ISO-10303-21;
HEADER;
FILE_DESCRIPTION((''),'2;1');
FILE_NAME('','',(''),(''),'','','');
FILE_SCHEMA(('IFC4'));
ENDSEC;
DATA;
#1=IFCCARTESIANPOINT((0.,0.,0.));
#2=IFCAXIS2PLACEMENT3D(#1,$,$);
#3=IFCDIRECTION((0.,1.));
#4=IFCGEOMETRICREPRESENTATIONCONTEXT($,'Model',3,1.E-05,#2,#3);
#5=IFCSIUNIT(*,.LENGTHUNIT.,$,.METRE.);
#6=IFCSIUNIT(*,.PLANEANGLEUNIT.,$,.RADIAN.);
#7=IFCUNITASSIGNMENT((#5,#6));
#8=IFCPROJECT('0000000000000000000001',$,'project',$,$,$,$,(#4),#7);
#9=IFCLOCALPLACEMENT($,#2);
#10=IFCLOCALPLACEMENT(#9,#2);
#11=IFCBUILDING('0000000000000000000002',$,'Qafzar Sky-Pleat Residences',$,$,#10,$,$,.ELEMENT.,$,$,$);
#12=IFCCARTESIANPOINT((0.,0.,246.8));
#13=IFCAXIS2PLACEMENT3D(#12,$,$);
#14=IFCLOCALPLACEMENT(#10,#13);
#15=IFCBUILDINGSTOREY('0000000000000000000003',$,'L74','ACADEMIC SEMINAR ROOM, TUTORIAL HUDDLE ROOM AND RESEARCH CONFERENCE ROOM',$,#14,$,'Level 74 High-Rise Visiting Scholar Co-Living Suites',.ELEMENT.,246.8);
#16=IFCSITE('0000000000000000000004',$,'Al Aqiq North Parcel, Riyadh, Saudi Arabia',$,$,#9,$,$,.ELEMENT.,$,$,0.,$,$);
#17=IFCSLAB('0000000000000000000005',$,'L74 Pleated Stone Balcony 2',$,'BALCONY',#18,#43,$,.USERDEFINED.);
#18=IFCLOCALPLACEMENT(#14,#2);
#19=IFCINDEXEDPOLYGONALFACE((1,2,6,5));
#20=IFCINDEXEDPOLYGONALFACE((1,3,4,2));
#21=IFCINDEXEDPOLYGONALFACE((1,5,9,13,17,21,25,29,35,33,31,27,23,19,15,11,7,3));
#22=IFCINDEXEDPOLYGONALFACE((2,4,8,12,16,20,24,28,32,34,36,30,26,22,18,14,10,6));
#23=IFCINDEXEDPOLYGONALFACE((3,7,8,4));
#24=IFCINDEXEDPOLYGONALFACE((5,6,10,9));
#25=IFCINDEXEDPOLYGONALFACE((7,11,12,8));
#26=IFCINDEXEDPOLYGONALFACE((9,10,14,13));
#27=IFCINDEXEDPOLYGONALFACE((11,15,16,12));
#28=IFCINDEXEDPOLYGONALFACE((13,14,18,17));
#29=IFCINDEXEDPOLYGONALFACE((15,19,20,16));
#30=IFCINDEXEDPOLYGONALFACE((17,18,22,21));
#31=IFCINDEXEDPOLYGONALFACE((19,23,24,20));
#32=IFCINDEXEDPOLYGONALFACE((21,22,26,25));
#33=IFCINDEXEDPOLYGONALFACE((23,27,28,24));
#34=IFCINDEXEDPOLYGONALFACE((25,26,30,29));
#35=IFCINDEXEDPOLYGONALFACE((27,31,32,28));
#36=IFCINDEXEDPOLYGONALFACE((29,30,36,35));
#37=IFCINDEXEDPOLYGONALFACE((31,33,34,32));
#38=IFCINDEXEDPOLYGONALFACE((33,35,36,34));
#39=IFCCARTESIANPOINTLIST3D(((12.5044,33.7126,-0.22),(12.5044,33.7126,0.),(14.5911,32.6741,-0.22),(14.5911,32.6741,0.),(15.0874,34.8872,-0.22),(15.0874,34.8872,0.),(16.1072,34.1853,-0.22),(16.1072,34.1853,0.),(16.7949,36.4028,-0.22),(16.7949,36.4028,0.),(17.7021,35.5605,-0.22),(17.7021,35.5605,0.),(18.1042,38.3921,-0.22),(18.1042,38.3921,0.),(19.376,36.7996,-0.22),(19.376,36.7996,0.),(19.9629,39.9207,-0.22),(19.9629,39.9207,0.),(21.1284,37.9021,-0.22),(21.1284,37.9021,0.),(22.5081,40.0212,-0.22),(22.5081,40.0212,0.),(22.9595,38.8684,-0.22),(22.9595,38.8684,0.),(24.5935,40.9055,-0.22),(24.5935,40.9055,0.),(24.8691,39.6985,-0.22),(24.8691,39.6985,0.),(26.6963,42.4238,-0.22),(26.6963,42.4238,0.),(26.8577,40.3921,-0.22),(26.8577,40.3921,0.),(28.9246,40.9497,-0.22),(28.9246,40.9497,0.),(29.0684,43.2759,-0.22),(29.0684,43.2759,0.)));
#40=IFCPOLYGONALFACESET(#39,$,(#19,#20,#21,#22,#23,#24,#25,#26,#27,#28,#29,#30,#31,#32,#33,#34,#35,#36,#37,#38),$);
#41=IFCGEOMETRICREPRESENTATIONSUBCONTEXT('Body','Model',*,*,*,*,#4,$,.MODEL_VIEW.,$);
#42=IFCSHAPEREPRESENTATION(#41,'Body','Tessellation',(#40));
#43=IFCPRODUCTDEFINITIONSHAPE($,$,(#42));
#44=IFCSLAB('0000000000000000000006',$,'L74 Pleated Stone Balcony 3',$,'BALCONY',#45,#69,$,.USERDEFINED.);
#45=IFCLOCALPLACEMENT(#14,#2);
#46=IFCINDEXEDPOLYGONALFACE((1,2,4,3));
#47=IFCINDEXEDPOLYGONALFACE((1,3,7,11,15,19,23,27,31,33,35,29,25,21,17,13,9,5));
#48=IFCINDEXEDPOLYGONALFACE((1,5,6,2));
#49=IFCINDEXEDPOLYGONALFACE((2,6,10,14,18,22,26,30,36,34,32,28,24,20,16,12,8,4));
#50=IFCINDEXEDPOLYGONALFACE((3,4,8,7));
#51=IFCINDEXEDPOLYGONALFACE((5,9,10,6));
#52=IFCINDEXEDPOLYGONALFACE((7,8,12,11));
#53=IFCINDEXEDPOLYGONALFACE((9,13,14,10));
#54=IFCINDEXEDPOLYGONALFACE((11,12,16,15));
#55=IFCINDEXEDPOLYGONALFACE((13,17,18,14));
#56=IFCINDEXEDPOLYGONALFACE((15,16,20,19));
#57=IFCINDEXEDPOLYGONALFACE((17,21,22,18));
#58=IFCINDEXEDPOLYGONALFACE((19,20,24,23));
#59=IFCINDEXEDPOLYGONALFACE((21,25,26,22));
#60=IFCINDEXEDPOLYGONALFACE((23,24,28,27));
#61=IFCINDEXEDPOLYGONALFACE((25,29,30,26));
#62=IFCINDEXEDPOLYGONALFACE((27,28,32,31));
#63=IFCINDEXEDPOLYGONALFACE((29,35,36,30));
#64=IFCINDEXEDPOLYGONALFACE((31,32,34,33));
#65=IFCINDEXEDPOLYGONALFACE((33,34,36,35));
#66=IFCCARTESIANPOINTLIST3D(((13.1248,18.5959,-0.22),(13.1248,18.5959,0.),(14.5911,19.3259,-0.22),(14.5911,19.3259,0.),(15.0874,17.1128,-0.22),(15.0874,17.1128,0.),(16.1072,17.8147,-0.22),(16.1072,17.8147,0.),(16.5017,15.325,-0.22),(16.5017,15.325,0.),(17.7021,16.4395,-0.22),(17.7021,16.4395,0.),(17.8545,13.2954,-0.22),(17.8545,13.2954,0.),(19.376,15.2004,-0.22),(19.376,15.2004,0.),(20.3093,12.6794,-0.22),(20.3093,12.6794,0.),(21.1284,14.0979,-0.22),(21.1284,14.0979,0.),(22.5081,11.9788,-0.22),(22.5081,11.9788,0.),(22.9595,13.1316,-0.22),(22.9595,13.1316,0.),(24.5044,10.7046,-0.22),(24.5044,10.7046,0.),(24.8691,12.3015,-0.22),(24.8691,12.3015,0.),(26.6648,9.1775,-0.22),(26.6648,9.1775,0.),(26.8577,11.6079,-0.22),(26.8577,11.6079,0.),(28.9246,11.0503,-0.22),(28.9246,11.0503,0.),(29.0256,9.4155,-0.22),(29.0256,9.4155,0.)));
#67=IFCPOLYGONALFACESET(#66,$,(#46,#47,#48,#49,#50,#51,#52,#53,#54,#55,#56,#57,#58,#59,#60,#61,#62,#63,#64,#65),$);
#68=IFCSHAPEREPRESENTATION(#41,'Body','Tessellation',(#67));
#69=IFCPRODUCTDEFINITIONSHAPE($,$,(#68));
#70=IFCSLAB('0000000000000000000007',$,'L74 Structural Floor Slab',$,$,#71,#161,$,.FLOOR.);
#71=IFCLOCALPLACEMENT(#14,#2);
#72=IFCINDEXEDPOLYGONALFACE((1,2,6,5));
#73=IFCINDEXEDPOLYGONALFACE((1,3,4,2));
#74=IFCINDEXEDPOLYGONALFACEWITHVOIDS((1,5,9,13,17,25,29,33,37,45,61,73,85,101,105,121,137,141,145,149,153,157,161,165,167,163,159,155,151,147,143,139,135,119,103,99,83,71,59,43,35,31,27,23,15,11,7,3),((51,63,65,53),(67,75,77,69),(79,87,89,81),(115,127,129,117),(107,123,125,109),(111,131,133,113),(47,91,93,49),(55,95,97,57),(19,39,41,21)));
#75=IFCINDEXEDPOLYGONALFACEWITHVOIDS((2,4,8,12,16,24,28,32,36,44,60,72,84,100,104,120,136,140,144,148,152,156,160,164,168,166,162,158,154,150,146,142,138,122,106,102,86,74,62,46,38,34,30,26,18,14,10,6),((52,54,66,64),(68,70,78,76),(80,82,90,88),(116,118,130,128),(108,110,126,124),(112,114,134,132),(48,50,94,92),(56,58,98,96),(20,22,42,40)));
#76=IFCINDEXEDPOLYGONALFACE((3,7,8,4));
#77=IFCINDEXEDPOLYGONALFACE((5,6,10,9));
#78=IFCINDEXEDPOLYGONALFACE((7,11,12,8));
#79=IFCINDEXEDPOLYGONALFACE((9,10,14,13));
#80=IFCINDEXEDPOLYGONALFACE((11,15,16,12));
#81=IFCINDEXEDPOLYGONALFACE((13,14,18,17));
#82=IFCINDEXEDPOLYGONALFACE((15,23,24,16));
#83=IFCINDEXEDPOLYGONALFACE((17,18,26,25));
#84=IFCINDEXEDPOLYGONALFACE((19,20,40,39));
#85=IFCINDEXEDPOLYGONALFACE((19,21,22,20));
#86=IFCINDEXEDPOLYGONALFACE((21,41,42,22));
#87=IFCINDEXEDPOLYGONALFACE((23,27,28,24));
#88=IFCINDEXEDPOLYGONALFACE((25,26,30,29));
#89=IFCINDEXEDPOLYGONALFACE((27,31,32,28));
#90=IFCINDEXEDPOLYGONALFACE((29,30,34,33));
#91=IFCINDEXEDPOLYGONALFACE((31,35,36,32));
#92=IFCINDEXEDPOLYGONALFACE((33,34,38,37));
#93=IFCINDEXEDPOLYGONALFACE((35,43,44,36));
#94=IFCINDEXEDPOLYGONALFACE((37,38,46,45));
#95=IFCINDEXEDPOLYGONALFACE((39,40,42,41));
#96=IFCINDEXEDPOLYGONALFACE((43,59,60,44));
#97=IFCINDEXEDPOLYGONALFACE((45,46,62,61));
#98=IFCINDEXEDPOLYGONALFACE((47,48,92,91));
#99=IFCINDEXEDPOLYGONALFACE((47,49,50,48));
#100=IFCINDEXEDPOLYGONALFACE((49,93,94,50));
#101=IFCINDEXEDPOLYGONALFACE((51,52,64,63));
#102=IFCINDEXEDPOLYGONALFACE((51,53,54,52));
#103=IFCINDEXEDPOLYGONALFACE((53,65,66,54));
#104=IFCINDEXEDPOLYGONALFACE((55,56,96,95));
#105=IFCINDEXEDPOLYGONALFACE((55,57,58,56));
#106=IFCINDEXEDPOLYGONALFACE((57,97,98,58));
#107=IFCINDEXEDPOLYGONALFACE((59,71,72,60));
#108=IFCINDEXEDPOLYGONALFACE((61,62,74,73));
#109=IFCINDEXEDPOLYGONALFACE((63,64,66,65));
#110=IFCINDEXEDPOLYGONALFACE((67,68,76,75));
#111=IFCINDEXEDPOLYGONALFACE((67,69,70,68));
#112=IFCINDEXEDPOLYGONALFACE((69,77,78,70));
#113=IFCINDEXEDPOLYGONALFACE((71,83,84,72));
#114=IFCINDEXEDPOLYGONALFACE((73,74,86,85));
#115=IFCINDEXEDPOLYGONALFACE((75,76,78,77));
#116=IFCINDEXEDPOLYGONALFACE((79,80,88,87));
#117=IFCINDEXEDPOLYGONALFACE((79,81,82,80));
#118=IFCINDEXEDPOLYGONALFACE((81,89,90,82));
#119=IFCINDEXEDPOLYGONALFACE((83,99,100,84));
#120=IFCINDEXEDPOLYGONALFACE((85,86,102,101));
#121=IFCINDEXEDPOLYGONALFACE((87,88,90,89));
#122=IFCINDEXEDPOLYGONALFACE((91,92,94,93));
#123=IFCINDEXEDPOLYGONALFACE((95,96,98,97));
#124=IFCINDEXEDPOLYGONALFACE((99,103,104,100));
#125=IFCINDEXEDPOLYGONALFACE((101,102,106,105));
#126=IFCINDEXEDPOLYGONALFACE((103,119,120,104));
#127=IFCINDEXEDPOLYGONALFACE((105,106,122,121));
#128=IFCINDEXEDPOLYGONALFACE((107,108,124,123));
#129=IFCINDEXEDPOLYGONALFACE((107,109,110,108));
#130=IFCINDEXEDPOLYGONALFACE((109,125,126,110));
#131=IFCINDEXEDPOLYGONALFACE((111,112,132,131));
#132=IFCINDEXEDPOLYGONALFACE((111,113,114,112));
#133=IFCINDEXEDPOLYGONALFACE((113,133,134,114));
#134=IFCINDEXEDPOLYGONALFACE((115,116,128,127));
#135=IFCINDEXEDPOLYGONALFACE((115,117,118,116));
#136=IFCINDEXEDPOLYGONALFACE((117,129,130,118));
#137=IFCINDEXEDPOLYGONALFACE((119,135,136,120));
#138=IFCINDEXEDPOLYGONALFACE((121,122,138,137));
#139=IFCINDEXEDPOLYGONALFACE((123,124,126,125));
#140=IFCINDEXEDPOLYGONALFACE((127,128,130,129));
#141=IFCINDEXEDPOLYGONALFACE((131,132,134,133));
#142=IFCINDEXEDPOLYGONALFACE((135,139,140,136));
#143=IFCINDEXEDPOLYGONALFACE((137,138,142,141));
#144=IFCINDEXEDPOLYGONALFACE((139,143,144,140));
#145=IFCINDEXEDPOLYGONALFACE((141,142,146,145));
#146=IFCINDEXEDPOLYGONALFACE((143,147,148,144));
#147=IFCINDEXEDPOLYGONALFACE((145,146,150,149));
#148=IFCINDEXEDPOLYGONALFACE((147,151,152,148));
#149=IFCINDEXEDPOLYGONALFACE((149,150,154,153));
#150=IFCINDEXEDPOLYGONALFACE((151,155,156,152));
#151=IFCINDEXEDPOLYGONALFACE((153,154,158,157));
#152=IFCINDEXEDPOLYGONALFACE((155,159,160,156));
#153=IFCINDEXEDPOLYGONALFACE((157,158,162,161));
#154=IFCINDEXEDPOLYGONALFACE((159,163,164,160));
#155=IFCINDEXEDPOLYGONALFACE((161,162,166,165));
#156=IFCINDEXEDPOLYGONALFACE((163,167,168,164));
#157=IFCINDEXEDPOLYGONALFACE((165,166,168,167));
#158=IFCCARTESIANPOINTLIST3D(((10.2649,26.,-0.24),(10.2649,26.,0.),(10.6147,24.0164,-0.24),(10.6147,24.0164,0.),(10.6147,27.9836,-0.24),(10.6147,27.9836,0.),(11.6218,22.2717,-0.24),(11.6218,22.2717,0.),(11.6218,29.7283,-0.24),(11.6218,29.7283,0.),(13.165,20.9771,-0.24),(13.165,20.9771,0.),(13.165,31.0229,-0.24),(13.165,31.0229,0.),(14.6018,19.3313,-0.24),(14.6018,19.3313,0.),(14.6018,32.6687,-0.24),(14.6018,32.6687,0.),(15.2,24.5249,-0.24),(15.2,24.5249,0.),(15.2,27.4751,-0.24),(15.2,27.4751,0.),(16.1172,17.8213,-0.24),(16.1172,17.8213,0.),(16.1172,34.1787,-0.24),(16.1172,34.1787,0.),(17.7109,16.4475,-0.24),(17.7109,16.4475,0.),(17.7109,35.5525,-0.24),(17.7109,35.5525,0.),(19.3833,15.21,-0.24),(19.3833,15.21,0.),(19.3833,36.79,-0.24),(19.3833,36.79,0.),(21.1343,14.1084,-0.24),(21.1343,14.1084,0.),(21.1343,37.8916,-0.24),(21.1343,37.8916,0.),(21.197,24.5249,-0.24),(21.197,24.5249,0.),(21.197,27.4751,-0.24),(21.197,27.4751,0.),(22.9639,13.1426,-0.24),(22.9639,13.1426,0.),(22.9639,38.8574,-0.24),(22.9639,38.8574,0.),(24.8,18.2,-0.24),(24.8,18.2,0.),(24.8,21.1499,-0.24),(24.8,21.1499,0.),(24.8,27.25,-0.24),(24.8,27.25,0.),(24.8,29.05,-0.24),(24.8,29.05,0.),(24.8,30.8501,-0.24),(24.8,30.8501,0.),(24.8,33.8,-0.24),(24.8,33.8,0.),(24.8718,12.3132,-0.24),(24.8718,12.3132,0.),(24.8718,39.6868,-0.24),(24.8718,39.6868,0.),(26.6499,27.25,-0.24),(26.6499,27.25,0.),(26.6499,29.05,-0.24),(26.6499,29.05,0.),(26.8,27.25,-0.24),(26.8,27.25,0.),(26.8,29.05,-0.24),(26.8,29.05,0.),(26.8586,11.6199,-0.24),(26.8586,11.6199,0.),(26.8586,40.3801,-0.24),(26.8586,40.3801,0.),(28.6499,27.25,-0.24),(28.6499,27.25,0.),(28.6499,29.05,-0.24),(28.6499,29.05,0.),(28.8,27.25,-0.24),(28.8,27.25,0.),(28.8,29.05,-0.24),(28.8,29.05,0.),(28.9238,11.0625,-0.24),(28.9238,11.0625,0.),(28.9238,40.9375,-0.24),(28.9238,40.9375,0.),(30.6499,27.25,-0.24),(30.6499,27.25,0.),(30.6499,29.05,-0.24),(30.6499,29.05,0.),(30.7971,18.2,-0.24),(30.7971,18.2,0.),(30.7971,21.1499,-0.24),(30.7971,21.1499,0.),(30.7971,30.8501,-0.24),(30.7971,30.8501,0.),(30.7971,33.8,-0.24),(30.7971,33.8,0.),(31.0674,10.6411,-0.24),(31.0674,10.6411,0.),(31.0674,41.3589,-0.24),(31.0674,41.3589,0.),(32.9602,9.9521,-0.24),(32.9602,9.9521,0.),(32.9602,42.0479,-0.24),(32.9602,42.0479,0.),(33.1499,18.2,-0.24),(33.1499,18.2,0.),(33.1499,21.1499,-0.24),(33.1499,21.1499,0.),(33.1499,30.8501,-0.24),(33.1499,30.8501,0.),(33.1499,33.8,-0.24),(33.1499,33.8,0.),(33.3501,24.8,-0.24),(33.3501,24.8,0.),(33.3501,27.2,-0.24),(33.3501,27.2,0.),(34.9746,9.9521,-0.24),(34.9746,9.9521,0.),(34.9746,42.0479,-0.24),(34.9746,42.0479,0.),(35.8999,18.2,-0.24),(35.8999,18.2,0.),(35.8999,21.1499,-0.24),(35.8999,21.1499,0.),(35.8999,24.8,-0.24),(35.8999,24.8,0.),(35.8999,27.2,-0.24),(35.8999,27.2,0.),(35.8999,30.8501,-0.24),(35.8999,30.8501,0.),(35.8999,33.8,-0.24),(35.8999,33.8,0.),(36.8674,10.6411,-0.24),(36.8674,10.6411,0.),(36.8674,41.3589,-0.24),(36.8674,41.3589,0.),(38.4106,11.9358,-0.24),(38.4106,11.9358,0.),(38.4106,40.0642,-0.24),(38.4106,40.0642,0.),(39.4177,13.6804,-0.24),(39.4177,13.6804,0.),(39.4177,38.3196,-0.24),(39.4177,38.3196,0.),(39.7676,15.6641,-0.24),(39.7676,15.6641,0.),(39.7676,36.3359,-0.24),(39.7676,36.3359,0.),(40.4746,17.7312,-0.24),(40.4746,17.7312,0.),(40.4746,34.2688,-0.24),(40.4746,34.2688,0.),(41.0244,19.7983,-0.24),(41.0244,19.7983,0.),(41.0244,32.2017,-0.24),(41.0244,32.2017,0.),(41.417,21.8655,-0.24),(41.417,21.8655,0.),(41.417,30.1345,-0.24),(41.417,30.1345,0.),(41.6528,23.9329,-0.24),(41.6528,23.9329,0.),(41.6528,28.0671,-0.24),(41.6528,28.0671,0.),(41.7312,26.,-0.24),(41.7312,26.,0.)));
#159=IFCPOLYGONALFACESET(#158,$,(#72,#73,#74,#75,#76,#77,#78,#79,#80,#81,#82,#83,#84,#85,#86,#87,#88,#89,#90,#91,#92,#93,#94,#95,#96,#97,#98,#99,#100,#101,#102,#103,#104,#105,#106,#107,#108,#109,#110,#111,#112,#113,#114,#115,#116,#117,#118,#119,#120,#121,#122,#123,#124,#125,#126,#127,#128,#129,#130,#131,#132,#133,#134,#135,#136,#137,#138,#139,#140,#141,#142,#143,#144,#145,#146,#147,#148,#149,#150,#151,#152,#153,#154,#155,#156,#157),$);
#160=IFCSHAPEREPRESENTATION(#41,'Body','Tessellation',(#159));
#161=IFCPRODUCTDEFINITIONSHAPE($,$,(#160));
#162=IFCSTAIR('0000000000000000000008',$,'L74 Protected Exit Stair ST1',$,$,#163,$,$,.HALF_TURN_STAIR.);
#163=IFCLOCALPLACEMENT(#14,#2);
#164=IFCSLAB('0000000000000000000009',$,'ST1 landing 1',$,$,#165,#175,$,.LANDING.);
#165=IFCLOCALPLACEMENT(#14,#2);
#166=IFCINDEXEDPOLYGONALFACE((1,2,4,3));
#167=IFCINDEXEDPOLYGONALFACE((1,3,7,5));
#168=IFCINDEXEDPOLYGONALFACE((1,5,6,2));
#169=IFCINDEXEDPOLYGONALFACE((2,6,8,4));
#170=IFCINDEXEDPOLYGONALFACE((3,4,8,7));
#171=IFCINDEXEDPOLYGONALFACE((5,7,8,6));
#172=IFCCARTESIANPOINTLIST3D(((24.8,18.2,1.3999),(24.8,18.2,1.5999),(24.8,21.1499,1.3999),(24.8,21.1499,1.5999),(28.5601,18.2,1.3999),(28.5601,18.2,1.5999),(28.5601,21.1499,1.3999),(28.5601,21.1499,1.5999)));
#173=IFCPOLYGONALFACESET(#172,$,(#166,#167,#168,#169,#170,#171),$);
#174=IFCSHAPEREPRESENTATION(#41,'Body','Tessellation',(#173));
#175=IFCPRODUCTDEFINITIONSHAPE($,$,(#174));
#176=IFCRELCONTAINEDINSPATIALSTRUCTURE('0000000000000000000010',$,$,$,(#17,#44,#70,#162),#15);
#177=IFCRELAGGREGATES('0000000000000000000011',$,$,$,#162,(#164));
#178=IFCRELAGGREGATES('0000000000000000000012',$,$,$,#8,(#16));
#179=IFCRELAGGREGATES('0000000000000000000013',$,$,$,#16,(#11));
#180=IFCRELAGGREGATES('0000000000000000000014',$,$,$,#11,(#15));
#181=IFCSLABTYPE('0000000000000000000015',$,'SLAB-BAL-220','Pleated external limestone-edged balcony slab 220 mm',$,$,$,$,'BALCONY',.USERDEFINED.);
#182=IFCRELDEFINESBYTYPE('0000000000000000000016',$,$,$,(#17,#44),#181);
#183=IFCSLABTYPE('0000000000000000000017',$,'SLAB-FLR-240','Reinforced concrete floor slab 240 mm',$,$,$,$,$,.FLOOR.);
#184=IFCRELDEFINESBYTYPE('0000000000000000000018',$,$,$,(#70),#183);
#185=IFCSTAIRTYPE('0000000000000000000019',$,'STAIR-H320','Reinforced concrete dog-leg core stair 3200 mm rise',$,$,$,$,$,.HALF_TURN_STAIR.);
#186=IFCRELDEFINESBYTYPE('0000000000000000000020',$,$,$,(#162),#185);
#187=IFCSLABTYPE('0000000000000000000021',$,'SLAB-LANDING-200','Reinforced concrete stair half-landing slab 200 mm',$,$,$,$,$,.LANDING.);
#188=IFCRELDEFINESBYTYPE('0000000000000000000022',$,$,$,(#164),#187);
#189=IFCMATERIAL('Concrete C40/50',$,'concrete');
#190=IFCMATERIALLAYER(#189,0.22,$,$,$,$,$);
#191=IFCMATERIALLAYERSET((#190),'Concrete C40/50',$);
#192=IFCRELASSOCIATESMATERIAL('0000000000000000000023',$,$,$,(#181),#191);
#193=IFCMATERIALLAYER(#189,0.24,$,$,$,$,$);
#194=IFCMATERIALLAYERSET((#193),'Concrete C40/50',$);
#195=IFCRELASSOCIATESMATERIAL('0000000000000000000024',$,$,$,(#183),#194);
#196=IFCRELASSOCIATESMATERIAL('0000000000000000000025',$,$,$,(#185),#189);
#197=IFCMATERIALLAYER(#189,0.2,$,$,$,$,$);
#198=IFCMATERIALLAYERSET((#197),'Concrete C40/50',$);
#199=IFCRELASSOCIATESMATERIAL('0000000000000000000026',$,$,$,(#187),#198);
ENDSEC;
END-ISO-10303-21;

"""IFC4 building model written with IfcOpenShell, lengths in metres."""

from ifc_helpers import new_model, si_unit, direction, frame, origin, place, context, subcontext, project, spatial, polyline, outline, extrude, material, layer, layer_set, type_object, element, aggregate, save


model = new_model("IFC4")

# Units and contexts
model_context = context("Model", 3, precision=1e-05, world=origin(), true_north=direction((0.0, 1.0)))
body_context = subcontext(model_context, "Body", "Model", "MODEL_VIEW")
ifc_project = project(units=[si_unit("LENGTHUNIT", "METRE"), si_unit("PLANEANGLEUNIT", "RADIAN")], contexts=[model_context])

# Site, building, storey
site_placement = place(None, origin())
site = spatial("IfcSite", under=ifc_project, at=site_placement, Name="Al Aqiq North Parcel, Riyadh, Saudi Arabia", CompositionType="ELEMENT", RefElevation=0.0)
building_placement = place(site_placement, origin())
building = spatial("IfcBuilding", under=site, at=building_placement, Name="Qafzar Sky-Pleat Residences", CompositionType="ELEMENT")
storey_placement = place(building_placement, frame((0.0, 0.0, 246.8)))
storey = spatial("IfcBuildingStorey", under=building, at=storey_placement, Name="L74", Description="ACADEMIC SEMINAR ROOM, TUTORIAL HUDDLE ROOM AND RESEARCH CONFERENCE ROOM", LongName="Level 74 High-Rise Visiting Scholar Co-Living Suites", CompositionType="ELEMENT", Elevation=246.8)

# Slabs
ifc_material_1 = material(Name="Concrete C40/50", Category="concrete")
ifc_layer_1 = layer(ifc_material_1, 0.22)
ifc_layer_set_1 = layer_set([ifc_layer_1], Name="Concrete C40/50")
slab_type_1 = type_object("IfcSlabType", Name="SLAB-BAL-220", Description="Pleated external limestone-edged balcony slab 220 mm", ElementType="BALCONY", PredefinedType="USERDEFINED", material=ifc_layer_set_1)
slab_1_placement = place(storey_placement, frame((0.0, 0.0, -0.22)))
element("IfcSlab", 1, at=slab_1_placement, inside=storey, type_object=slab_type_1, Name="L74 Pleated Stone Balcony 2", ObjectType="BALCONY", PredefinedType="USERDEFINED", context=body_context, shape_type="SweptSolid", body=[
    extrude(outline(polyline([(26.8577, 40.3921), (24.8691, 39.6985), (22.9595, 38.8684), (21.1284, 37.9021), (19.376, 36.7996), (17.7021, 35.5605), (16.1072, 34.1853), (14.5911, 32.6741), (12.5044, 33.7126), (15.0874, 34.8872), (16.7949, 36.4028), (18.1042, 38.3921), (19.9629, 39.9207), (22.5081, 40.0212), (24.5935, 40.9055), (26.6963, 42.4238), (29.0684, 43.2759), (28.9246, 40.9497), (26.8577, 40.3921)])), origin(), (0.0, 0.0, 1.0), 0.22),
])
slab_2_placement = place(storey_placement, frame((0.0, 0.0, -0.22)))
element("IfcSlab", 2, at=slab_2_placement, inside=storey, type_object=slab_type_1, Name="L74 Pleated Stone Balcony 3", ObjectType="BALCONY", PredefinedType="USERDEFINED", context=body_context, shape_type="SweptSolid", body=[
    extrude(outline(polyline([(16.1072, 17.8147), (17.7021, 16.4395), (19.376, 15.2004), (21.1284, 14.0979), (22.9595, 13.1316), (24.8691, 12.3015), (26.8577, 11.6079), (28.9246, 11.0503), (29.0256, 9.4155), (26.6648, 9.1775), (24.5044, 10.7046), (22.5081, 11.9788), (20.3093, 12.6794), (17.8545, 13.2954), (16.5017, 15.325), (15.0874, 17.1128), (13.1248, 18.5959), (14.5911, 19.3259), (16.1072, 17.8147)])), origin(), (0.0, 0.0, 1.0), 0.22),
])
ifc_layer_2 = layer(ifc_material_1, 0.24)
ifc_layer_set_2 = layer_set([ifc_layer_2], Name="Concrete C40/50")
slab_type_2 = type_object("IfcSlabType", Name="SLAB-FLR-240", Description="Reinforced concrete floor slab 240 mm", PredefinedType="FLOOR", material=ifc_layer_set_2)
slab_3_placement = place(storey_placement, frame((0.0, 0.0, -0.24)))
element("IfcSlab", 3, at=slab_3_placement, inside=storey, type_object=slab_type_2, Name="L74 Structural Floor Slab", PredefinedType="FLOOR", context=body_context, shape_type="SweptSolid", body=[
    extrude(outline(polyline([(13.165, 31.0229), (11.6218, 29.7283), (10.6147, 27.9836), (10.2649, 26.0), (10.6147, 24.0164), (11.6218, 22.2717), (13.165, 20.9771), (14.6018, 19.3313), (16.1172, 17.8213), (17.7109, 16.4475), (19.3833, 15.21), (21.1343, 14.1084), (22.9639, 13.1426), (24.8718, 12.3132), (26.8586, 11.6199), (28.9238, 11.0625), (31.0674, 10.6411), (32.9602, 9.9521), (34.9746, 9.9521), (36.8674, 10.6411), (38.4106, 11.9358), (39.4177, 13.6804), (39.7676, 15.6641), (40.4746, 17.7312), (41.0244, 19.7983), (41.417, 21.8655), (41.6528, 23.9329), (41.7312, 26.0), (41.6528, 28.0671), (41.417, 30.1345), (41.0244, 32.2017), (40.4746, 34.2688), (39.7676, 36.3359), (39.4177, 38.3196), (38.4106, 40.0642), (36.8674, 41.3589), (34.9746, 42.0479), (32.9602, 42.0479), (31.0674, 41.3589), (28.9238, 40.9375), (26.8586, 40.3801), (24.8718, 39.6868), (22.9639, 38.8574), (21.1343, 37.8916), (19.3833, 36.79), (17.7109, 35.5525), (16.1172, 34.1787), (14.6018, 32.6687), (13.165, 31.0229)]), holes=[polyline([(30.7971, 21.1499), (24.8, 21.1499), (24.8, 18.2), (30.7971, 18.2), (30.7971, 21.1499)]), polyline([(30.7971, 33.8), (24.8, 33.8), (24.8, 30.8501), (30.7971, 30.8501), (30.7971, 33.8)]), polyline([(21.197, 27.4751), (15.2, 27.4751), (15.2, 24.5249), (21.197, 24.5249), (21.197, 27.4751)]), polyline([(24.8, 27.25), (26.6499, 27.25), (26.6499, 29.05), (24.8, 29.05), (24.8, 27.25)]), polyline([(26.8, 27.25), (28.6499, 27.25), (28.6499, 29.05), (26.8, 29.05), (26.8, 27.25)]), polyline([(28.8, 27.25), (30.6499, 27.25), (30.6499, 29.05), (28.8, 29.05), (28.8, 27.25)]), polyline([(33.1499, 18.2), (35.8999, 18.2), (35.8999, 21.1499), (33.1499, 21.1499), (33.1499, 18.2)]), polyline([(33.1499, 30.8501), (35.8999, 30.8501), (35.8999, 33.8), (33.1499, 33.8), (33.1499, 30.8501)]), polyline([(33.3501, 24.8), (35.8999, 24.8), (35.8999, 27.2), (33.3501, 27.2), (33.3501, 24.8)])]), origin(), (0.0, 0.0, 1.0), 0.24),
])

# Stair, slab
stair_type = type_object("IfcStairType", Name="STAIR-H320", Description="Reinforced concrete dog-leg core stair 3200 mm rise", PredefinedType="HALF_TURN_STAIR", material=ifc_material_1)
stair_1_placement = place(storey_placement, origin())
stair_1 = element("IfcStair", 4, at=stair_1_placement, inside=storey, type_object=stair_type, Name="L74 Protected Exit Stair ST1", PredefinedType="HALF_TURN_STAIR")
ifc_layer_3 = layer(ifc_material_1, 0.2)
ifc_layer_set_3 = layer_set([ifc_layer_3], Name="Concrete C40/50")
slab_type_3 = type_object("IfcSlabType", Name="SLAB-LANDING-200", Description="Reinforced concrete stair half-landing slab 200 mm", PredefinedType="LANDING", material=ifc_layer_set_3)
slab_4_placement = place(storey_placement, frame((0.0, 0.0, 1.3999)))
slab_4 = element("IfcSlab", 5, at=slab_4_placement, type_object=slab_type_3, Name="ST1 landing 1", PredefinedType="LANDING", context=body_context, shape_type="SweptSolid", body=[
    extrude(outline(polyline([(28.5601, 21.1499), (24.8, 21.1499), (24.8, 18.2), (28.5601, 18.2), (28.5601, 21.1499)])), origin(), (0.0, 0.0, 1.0), 0.2),
])
aggregate(stair_1, [slab_4])

save(model, "model.ifc")
